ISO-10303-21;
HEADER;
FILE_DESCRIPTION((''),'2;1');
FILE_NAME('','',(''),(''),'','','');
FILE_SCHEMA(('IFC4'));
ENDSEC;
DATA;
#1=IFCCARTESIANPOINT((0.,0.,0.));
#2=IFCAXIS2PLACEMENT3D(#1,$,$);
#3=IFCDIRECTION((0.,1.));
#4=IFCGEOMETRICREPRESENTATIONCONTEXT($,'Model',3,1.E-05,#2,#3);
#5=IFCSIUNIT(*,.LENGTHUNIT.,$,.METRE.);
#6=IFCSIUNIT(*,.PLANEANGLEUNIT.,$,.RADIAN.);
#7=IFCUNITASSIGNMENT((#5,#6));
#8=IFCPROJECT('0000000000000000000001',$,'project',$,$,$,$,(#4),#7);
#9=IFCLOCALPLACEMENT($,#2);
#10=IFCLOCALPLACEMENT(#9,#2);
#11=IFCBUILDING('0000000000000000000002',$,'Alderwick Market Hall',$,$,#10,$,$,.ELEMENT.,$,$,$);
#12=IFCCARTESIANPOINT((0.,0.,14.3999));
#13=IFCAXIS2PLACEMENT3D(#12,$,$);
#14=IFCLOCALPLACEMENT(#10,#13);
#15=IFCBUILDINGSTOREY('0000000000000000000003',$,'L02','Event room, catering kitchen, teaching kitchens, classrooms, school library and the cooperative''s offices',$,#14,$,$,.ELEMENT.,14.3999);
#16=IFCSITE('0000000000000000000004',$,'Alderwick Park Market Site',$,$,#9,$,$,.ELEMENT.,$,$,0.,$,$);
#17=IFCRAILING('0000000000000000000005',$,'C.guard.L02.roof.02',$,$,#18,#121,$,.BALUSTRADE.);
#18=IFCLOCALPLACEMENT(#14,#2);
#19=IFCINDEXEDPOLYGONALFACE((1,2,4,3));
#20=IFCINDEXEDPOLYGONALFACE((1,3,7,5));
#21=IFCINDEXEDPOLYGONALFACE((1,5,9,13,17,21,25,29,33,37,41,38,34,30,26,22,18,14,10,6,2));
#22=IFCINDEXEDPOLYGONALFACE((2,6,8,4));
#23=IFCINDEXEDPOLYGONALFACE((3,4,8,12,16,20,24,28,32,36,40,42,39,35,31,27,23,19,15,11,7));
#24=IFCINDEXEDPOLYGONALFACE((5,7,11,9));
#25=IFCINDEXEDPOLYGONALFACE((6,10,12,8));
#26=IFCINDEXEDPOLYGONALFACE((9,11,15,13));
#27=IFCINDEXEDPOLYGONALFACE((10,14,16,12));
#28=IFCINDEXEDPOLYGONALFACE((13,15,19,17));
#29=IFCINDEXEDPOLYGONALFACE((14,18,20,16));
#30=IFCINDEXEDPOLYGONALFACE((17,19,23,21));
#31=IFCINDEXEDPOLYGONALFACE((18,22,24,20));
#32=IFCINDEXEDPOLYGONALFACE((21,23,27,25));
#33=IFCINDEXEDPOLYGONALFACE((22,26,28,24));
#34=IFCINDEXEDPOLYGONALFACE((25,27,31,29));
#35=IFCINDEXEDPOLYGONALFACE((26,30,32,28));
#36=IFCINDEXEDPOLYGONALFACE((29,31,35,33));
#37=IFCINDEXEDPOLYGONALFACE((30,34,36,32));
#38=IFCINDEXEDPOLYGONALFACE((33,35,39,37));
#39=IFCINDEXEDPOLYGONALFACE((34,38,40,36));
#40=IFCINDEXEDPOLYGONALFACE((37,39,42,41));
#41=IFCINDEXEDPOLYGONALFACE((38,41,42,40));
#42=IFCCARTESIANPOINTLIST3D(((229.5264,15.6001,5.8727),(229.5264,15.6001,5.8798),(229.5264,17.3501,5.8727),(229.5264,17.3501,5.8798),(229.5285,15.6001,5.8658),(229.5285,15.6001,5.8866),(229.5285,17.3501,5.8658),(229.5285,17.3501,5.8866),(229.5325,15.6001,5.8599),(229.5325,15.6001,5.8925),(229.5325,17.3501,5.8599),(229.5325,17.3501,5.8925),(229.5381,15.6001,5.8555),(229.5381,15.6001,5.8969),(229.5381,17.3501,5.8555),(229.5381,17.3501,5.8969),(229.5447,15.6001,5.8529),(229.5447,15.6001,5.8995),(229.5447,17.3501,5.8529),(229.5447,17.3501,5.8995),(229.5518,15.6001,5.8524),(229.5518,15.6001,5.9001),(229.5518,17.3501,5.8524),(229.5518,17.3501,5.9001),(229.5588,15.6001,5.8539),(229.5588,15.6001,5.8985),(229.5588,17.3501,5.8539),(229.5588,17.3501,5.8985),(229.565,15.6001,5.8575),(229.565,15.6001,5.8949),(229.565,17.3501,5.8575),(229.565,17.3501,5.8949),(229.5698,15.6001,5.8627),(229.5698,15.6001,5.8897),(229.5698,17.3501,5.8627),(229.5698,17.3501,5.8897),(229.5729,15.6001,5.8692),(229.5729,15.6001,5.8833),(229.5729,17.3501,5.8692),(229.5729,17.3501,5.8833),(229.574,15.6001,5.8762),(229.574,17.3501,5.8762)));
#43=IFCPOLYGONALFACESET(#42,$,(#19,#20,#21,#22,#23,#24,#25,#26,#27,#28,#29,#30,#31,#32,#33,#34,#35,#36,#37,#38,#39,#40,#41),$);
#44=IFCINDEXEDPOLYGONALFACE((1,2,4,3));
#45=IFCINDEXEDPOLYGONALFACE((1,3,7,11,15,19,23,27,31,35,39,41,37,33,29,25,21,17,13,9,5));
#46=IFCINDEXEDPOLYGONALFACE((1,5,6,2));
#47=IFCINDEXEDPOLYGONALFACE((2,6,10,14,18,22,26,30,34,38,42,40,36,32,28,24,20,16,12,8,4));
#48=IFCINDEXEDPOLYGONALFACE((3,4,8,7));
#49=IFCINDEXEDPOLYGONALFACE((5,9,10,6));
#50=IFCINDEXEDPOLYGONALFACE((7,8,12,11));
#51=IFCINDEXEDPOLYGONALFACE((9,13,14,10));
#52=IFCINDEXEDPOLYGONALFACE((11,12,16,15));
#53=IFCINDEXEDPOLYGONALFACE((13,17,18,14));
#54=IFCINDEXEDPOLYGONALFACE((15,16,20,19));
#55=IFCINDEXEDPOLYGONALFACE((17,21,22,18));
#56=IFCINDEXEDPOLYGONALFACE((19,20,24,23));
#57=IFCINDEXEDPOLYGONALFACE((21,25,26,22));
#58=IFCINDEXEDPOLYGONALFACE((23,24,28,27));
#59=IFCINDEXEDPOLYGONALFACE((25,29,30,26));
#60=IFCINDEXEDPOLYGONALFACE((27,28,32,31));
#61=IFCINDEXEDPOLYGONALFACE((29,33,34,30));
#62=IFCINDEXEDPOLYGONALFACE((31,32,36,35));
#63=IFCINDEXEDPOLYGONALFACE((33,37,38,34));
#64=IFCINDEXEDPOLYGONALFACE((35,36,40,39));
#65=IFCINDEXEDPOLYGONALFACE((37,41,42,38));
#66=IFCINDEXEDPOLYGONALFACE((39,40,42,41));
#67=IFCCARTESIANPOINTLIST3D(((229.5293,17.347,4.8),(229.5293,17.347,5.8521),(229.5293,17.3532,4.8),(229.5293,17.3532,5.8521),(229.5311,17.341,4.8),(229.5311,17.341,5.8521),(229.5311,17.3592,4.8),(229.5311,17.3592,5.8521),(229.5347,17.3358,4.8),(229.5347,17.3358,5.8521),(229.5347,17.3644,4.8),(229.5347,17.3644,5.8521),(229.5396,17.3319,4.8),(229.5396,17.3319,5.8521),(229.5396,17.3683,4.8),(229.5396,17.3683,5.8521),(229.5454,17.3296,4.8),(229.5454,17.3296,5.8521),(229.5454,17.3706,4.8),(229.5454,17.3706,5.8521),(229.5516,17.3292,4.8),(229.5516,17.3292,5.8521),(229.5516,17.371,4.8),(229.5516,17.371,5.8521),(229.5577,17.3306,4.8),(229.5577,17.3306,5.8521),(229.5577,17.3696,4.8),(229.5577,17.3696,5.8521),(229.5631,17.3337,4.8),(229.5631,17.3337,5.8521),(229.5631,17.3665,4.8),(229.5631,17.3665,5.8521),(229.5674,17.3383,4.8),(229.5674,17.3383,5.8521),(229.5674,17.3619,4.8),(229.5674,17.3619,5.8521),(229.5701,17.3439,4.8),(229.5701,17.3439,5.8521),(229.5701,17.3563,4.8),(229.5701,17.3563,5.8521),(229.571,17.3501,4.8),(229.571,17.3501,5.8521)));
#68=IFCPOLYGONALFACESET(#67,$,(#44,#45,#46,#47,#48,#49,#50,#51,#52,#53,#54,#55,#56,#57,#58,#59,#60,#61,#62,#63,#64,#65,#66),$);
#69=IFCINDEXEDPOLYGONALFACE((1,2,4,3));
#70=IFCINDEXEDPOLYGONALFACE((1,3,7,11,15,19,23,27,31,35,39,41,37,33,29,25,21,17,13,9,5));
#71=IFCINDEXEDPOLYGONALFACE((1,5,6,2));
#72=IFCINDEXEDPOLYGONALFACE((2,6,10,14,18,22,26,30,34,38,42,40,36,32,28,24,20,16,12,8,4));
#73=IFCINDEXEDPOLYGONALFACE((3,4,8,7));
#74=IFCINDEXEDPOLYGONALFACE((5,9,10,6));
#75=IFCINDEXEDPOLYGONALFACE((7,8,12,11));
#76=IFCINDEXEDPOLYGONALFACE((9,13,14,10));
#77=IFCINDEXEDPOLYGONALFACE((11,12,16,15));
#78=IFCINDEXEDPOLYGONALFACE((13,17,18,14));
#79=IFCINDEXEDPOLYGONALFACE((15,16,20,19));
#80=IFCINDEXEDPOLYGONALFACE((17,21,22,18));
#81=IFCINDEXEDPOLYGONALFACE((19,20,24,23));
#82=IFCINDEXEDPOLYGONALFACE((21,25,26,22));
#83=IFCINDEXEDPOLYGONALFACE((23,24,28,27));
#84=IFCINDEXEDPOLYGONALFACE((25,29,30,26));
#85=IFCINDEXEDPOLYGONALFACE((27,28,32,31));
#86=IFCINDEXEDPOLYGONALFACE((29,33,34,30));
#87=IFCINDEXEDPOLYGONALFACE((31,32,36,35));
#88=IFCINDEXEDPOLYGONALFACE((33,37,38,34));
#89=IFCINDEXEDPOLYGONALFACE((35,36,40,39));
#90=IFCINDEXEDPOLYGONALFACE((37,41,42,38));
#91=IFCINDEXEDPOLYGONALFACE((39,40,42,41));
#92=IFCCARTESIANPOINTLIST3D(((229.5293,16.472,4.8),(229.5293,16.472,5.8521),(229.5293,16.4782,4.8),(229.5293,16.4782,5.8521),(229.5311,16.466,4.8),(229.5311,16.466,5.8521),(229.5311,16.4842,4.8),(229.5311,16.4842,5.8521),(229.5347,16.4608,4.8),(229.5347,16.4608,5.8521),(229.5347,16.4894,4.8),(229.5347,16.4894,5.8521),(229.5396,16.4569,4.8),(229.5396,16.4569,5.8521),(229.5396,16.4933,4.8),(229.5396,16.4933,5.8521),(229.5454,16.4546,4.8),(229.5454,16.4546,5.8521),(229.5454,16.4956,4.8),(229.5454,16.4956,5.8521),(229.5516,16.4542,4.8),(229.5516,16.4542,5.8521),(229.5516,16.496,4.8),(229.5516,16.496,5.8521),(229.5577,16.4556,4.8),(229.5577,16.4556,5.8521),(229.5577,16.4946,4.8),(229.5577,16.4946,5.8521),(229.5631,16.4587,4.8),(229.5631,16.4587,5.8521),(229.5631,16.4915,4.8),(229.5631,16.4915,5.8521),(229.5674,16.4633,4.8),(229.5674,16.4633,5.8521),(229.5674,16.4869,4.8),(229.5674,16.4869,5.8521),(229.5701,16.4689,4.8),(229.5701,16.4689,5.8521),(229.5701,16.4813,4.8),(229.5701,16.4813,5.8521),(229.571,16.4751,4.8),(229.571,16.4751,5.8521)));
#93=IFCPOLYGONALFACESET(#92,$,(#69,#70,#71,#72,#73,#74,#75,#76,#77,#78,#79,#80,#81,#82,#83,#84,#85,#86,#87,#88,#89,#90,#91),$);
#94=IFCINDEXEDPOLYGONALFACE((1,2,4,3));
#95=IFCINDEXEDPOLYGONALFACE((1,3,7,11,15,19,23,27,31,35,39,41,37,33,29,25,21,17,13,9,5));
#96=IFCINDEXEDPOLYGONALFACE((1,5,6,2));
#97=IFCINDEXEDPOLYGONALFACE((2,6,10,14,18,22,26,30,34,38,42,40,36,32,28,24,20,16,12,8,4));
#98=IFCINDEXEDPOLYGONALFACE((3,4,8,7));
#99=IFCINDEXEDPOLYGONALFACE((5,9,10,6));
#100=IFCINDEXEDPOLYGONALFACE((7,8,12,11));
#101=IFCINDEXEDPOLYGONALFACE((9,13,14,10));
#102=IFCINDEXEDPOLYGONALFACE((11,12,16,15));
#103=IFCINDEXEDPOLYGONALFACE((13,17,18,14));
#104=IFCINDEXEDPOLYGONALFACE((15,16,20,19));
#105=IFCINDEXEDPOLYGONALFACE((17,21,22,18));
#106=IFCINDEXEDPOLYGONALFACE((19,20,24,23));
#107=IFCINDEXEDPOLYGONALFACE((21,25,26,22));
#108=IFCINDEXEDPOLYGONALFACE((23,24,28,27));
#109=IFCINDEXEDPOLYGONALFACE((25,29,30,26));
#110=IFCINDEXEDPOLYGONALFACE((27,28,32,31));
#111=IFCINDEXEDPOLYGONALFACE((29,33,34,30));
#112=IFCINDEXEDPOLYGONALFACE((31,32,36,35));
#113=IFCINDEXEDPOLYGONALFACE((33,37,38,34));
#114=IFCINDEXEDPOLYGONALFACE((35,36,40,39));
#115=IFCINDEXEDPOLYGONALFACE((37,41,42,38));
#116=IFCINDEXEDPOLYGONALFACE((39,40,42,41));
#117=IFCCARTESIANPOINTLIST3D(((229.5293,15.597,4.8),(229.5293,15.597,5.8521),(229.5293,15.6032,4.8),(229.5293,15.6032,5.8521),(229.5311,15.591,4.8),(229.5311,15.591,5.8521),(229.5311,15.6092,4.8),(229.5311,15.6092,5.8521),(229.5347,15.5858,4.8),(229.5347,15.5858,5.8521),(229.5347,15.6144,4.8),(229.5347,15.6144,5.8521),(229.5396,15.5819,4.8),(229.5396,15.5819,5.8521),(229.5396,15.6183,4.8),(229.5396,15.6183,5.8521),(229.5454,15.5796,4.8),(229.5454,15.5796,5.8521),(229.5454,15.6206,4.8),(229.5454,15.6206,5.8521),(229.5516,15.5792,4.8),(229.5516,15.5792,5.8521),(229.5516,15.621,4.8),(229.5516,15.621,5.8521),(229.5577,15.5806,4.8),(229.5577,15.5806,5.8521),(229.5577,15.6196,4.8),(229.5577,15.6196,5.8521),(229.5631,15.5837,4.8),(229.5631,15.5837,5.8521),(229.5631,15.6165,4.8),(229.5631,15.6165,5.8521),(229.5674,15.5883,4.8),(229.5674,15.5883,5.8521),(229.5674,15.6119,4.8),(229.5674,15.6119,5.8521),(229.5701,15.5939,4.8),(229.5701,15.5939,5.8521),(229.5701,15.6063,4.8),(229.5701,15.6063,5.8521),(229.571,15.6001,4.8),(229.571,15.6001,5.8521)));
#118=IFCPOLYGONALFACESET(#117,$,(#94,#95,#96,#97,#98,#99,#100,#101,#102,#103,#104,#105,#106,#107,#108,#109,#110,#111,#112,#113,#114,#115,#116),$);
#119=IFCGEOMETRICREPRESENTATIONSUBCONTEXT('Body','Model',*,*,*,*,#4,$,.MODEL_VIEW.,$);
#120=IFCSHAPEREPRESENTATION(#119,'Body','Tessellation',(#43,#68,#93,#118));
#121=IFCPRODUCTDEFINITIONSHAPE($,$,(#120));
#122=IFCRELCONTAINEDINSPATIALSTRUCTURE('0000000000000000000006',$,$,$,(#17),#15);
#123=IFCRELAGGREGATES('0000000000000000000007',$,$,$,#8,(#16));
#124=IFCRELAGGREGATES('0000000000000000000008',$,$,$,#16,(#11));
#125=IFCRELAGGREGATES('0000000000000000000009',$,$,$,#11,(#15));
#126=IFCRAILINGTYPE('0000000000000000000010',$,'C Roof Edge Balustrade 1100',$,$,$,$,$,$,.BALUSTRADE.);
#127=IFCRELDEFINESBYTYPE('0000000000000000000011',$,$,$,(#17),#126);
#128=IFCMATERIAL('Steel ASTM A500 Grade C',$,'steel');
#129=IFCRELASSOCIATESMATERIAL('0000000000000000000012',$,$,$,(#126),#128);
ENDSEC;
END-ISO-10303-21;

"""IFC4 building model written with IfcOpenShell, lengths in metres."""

from ifc_helpers import new_model, si_unit, direction, frame, origin, origin_2d, place, context, subcontext, project, spatial, circle, extrude, material, type_object, element, save


model = new_model("IFC4")

# Units and contexts
model_context = context("Model", 3, precision=1e-05, world=origin(), true_north=direction((0.0, 1.0)))
body_context = subcontext(model_context, "Body", "Model", "MODEL_VIEW")
ifc_project = project(units=[si_unit("LENGTHUNIT", "METRE"), si_unit("PLANEANGLEUNIT", "RADIAN")], contexts=[model_context])

# Site, building, storey
site_placement = place(None, origin())
site = spatial("IfcSite", under=ifc_project, at=site_placement, Name="Alderwick Park Market Site", CompositionType="ELEMENT", RefElevation=0.0)
building_placement = place(site_placement, origin())
building = spatial("IfcBuilding", under=site, at=building_placement, Name="Alderwick Market Hall", CompositionType="ELEMENT")
storey_placement = place(building_placement, frame((0.0, 0.0, 14.3999)))
storey = spatial("IfcBuildingStorey", under=building, at=storey_placement, Name="L02", Description="Event room, catering kitchen, teaching kitchens, classrooms, school library and the cooperative's offices", CompositionType="ELEMENT", Elevation=14.3999)

# Railing
ifc_material_1 = material(Name="Steel ASTM A500 Grade C", Category="steel")
railing_type_1 = type_object("IfcRailingType", Name="C Roof Edge Balustrade 1100", PredefinedType="BALUSTRADE", material=ifc_material_1)
railing_1_placement = place(storey_placement, frame((229.55, 17.3501, 4.8)))
element("IfcRailing", 1, at=railing_1_placement, inside=storey, type_object=railing_type_1, Name="C.guard.L02.roof.02", PredefinedType="BALUSTRADE", context=body_context, shape_type="SweptSolid", body=[
    extrude(circle(Radius=0.0239, at=origin_2d()), frame((0.0, 0.0, 1.0762), z_axis=(0.0, -1.0, 0.0), x_axis=(1.0, 0.0, 0.0)), (0.0, 0.0, 1.0), 1.75),
    extrude(circle(Radius=0.021, at=origin_2d()), origin(), (0.0, 0.0, 1.0), 1.052),
    extrude(circle(Radius=0.021, at=origin_2d()), frame((0.0, -0.875, 0.0)), (0.0, 0.0, 1.0), 1.052),
    extrude(circle(Radius=0.021, at=origin_2d()), frame((0.0, -1.75, 0.0)), (0.0, 0.0, 1.0), 1.052),
])

save(model, "model.ifc")
